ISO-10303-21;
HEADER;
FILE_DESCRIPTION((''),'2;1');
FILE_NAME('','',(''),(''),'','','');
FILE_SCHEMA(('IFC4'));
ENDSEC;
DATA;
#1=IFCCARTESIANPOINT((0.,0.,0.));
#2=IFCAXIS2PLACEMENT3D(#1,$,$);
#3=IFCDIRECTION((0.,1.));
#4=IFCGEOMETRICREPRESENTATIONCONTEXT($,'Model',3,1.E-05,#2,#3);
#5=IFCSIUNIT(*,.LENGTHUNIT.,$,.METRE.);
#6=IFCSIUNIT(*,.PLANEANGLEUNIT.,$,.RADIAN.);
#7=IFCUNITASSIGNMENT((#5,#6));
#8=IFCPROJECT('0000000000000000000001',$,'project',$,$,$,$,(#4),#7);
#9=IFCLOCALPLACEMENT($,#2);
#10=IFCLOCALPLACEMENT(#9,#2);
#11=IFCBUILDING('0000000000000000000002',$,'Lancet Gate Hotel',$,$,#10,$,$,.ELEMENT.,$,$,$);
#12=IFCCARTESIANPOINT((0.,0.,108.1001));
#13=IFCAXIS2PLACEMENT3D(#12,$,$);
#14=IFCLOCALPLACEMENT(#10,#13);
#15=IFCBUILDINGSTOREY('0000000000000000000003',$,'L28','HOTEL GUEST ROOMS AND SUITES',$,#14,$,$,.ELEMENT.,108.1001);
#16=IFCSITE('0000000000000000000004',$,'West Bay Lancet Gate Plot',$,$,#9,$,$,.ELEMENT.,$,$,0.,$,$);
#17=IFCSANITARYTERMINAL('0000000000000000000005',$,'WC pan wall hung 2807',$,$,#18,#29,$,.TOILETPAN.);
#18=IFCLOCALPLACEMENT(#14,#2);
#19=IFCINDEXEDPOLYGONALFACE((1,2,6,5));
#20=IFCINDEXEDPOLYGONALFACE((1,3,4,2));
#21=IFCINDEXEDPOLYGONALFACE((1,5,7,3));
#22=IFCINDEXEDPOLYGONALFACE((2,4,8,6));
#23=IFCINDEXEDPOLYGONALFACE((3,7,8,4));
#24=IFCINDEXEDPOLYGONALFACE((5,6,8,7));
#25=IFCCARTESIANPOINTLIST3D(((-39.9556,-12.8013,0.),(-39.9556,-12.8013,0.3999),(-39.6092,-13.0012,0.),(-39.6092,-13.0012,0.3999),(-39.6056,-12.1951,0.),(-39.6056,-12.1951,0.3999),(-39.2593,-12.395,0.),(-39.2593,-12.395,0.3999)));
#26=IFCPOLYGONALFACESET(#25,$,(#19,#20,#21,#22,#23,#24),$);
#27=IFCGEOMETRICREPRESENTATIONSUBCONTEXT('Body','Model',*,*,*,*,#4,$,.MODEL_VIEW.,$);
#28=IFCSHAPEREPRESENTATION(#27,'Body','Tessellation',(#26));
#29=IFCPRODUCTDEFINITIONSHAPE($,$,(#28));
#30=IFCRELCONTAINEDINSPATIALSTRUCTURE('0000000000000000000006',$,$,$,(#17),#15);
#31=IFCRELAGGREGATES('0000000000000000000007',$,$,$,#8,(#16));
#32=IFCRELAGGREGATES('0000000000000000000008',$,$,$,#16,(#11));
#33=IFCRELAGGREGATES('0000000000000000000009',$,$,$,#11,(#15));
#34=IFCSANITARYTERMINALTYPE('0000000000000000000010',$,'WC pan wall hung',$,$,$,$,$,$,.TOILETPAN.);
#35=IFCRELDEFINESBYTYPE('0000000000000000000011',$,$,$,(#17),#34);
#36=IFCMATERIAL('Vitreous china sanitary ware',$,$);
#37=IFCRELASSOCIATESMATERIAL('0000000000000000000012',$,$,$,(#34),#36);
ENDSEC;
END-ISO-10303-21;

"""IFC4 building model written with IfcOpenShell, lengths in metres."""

from ifc_helpers import new_model, si_unit, direction, frame, origin, origin_2d, place, context, subcontext, project, spatial, rectangle, extrude, material, type_object, element, save


model = new_model("IFC4")

# Units and contexts
model_context = context("Model", 3, precision=1e-05, world=origin(), true_north=direction((0.0, 1.0)))
body_context = subcontext(model_context, "Body", "Model", "MODEL_VIEW")
ifc_project = project(units=[si_unit("LENGTHUNIT", "METRE"), si_unit("PLANEANGLEUNIT", "RADIAN")], contexts=[model_context])

# Site, building, storey
site_placement = place(None, origin())
site = spatial("IfcSite", under=ifc_project, at=site_placement, Name="West Bay Lancet Gate Plot", CompositionType="ELEMENT", RefElevation=0.0)
building_placement = place(site_placement, origin())
building = spatial("IfcBuilding", under=site, at=building_placement, Name="Lancet Gate Hotel", CompositionType="ELEMENT")
storey_placement = place(building_placement, frame((0.0, 0.0, 108.1001)))
storey = spatial("IfcBuildingStorey", under=building, at=storey_placement, Name="L28", Description="HOTEL GUEST ROOMS AND SUITES", CompositionType="ELEMENT", Elevation=108.1001)

# Sanitary terminal
ifc_material_1 = material(Name="Vitreous china sanitary ware")
sanitary_terminal_type_1 = type_object("IfcSanitaryTerminalType", Name="WC pan wall hung", PredefinedType="TOILETPAN", material=ifc_material_1)
sanitary_terminal_1_placement = place(storey_placement, frame((-39.6074, -12.5981, 0.0), z_axis=(0.0, 0.0, 1.0), x_axis=(-0.866025, 0.5, 0.0)))
element("IfcSanitaryTerminal", 1, at=sanitary_terminal_1_placement, inside=storey, type_object=sanitary_terminal_type_1, Name="WC pan wall hung 2807", PredefinedType="TOILETPAN", context=body_context, shape_type="SweptSolid", body=[
    extrude(rectangle(XDim=0.3999, YDim=0.7, at=origin_2d()), origin(), (0.0, 0.0, 1.0), 0.3999),
])

save(model, "model.ifc")
